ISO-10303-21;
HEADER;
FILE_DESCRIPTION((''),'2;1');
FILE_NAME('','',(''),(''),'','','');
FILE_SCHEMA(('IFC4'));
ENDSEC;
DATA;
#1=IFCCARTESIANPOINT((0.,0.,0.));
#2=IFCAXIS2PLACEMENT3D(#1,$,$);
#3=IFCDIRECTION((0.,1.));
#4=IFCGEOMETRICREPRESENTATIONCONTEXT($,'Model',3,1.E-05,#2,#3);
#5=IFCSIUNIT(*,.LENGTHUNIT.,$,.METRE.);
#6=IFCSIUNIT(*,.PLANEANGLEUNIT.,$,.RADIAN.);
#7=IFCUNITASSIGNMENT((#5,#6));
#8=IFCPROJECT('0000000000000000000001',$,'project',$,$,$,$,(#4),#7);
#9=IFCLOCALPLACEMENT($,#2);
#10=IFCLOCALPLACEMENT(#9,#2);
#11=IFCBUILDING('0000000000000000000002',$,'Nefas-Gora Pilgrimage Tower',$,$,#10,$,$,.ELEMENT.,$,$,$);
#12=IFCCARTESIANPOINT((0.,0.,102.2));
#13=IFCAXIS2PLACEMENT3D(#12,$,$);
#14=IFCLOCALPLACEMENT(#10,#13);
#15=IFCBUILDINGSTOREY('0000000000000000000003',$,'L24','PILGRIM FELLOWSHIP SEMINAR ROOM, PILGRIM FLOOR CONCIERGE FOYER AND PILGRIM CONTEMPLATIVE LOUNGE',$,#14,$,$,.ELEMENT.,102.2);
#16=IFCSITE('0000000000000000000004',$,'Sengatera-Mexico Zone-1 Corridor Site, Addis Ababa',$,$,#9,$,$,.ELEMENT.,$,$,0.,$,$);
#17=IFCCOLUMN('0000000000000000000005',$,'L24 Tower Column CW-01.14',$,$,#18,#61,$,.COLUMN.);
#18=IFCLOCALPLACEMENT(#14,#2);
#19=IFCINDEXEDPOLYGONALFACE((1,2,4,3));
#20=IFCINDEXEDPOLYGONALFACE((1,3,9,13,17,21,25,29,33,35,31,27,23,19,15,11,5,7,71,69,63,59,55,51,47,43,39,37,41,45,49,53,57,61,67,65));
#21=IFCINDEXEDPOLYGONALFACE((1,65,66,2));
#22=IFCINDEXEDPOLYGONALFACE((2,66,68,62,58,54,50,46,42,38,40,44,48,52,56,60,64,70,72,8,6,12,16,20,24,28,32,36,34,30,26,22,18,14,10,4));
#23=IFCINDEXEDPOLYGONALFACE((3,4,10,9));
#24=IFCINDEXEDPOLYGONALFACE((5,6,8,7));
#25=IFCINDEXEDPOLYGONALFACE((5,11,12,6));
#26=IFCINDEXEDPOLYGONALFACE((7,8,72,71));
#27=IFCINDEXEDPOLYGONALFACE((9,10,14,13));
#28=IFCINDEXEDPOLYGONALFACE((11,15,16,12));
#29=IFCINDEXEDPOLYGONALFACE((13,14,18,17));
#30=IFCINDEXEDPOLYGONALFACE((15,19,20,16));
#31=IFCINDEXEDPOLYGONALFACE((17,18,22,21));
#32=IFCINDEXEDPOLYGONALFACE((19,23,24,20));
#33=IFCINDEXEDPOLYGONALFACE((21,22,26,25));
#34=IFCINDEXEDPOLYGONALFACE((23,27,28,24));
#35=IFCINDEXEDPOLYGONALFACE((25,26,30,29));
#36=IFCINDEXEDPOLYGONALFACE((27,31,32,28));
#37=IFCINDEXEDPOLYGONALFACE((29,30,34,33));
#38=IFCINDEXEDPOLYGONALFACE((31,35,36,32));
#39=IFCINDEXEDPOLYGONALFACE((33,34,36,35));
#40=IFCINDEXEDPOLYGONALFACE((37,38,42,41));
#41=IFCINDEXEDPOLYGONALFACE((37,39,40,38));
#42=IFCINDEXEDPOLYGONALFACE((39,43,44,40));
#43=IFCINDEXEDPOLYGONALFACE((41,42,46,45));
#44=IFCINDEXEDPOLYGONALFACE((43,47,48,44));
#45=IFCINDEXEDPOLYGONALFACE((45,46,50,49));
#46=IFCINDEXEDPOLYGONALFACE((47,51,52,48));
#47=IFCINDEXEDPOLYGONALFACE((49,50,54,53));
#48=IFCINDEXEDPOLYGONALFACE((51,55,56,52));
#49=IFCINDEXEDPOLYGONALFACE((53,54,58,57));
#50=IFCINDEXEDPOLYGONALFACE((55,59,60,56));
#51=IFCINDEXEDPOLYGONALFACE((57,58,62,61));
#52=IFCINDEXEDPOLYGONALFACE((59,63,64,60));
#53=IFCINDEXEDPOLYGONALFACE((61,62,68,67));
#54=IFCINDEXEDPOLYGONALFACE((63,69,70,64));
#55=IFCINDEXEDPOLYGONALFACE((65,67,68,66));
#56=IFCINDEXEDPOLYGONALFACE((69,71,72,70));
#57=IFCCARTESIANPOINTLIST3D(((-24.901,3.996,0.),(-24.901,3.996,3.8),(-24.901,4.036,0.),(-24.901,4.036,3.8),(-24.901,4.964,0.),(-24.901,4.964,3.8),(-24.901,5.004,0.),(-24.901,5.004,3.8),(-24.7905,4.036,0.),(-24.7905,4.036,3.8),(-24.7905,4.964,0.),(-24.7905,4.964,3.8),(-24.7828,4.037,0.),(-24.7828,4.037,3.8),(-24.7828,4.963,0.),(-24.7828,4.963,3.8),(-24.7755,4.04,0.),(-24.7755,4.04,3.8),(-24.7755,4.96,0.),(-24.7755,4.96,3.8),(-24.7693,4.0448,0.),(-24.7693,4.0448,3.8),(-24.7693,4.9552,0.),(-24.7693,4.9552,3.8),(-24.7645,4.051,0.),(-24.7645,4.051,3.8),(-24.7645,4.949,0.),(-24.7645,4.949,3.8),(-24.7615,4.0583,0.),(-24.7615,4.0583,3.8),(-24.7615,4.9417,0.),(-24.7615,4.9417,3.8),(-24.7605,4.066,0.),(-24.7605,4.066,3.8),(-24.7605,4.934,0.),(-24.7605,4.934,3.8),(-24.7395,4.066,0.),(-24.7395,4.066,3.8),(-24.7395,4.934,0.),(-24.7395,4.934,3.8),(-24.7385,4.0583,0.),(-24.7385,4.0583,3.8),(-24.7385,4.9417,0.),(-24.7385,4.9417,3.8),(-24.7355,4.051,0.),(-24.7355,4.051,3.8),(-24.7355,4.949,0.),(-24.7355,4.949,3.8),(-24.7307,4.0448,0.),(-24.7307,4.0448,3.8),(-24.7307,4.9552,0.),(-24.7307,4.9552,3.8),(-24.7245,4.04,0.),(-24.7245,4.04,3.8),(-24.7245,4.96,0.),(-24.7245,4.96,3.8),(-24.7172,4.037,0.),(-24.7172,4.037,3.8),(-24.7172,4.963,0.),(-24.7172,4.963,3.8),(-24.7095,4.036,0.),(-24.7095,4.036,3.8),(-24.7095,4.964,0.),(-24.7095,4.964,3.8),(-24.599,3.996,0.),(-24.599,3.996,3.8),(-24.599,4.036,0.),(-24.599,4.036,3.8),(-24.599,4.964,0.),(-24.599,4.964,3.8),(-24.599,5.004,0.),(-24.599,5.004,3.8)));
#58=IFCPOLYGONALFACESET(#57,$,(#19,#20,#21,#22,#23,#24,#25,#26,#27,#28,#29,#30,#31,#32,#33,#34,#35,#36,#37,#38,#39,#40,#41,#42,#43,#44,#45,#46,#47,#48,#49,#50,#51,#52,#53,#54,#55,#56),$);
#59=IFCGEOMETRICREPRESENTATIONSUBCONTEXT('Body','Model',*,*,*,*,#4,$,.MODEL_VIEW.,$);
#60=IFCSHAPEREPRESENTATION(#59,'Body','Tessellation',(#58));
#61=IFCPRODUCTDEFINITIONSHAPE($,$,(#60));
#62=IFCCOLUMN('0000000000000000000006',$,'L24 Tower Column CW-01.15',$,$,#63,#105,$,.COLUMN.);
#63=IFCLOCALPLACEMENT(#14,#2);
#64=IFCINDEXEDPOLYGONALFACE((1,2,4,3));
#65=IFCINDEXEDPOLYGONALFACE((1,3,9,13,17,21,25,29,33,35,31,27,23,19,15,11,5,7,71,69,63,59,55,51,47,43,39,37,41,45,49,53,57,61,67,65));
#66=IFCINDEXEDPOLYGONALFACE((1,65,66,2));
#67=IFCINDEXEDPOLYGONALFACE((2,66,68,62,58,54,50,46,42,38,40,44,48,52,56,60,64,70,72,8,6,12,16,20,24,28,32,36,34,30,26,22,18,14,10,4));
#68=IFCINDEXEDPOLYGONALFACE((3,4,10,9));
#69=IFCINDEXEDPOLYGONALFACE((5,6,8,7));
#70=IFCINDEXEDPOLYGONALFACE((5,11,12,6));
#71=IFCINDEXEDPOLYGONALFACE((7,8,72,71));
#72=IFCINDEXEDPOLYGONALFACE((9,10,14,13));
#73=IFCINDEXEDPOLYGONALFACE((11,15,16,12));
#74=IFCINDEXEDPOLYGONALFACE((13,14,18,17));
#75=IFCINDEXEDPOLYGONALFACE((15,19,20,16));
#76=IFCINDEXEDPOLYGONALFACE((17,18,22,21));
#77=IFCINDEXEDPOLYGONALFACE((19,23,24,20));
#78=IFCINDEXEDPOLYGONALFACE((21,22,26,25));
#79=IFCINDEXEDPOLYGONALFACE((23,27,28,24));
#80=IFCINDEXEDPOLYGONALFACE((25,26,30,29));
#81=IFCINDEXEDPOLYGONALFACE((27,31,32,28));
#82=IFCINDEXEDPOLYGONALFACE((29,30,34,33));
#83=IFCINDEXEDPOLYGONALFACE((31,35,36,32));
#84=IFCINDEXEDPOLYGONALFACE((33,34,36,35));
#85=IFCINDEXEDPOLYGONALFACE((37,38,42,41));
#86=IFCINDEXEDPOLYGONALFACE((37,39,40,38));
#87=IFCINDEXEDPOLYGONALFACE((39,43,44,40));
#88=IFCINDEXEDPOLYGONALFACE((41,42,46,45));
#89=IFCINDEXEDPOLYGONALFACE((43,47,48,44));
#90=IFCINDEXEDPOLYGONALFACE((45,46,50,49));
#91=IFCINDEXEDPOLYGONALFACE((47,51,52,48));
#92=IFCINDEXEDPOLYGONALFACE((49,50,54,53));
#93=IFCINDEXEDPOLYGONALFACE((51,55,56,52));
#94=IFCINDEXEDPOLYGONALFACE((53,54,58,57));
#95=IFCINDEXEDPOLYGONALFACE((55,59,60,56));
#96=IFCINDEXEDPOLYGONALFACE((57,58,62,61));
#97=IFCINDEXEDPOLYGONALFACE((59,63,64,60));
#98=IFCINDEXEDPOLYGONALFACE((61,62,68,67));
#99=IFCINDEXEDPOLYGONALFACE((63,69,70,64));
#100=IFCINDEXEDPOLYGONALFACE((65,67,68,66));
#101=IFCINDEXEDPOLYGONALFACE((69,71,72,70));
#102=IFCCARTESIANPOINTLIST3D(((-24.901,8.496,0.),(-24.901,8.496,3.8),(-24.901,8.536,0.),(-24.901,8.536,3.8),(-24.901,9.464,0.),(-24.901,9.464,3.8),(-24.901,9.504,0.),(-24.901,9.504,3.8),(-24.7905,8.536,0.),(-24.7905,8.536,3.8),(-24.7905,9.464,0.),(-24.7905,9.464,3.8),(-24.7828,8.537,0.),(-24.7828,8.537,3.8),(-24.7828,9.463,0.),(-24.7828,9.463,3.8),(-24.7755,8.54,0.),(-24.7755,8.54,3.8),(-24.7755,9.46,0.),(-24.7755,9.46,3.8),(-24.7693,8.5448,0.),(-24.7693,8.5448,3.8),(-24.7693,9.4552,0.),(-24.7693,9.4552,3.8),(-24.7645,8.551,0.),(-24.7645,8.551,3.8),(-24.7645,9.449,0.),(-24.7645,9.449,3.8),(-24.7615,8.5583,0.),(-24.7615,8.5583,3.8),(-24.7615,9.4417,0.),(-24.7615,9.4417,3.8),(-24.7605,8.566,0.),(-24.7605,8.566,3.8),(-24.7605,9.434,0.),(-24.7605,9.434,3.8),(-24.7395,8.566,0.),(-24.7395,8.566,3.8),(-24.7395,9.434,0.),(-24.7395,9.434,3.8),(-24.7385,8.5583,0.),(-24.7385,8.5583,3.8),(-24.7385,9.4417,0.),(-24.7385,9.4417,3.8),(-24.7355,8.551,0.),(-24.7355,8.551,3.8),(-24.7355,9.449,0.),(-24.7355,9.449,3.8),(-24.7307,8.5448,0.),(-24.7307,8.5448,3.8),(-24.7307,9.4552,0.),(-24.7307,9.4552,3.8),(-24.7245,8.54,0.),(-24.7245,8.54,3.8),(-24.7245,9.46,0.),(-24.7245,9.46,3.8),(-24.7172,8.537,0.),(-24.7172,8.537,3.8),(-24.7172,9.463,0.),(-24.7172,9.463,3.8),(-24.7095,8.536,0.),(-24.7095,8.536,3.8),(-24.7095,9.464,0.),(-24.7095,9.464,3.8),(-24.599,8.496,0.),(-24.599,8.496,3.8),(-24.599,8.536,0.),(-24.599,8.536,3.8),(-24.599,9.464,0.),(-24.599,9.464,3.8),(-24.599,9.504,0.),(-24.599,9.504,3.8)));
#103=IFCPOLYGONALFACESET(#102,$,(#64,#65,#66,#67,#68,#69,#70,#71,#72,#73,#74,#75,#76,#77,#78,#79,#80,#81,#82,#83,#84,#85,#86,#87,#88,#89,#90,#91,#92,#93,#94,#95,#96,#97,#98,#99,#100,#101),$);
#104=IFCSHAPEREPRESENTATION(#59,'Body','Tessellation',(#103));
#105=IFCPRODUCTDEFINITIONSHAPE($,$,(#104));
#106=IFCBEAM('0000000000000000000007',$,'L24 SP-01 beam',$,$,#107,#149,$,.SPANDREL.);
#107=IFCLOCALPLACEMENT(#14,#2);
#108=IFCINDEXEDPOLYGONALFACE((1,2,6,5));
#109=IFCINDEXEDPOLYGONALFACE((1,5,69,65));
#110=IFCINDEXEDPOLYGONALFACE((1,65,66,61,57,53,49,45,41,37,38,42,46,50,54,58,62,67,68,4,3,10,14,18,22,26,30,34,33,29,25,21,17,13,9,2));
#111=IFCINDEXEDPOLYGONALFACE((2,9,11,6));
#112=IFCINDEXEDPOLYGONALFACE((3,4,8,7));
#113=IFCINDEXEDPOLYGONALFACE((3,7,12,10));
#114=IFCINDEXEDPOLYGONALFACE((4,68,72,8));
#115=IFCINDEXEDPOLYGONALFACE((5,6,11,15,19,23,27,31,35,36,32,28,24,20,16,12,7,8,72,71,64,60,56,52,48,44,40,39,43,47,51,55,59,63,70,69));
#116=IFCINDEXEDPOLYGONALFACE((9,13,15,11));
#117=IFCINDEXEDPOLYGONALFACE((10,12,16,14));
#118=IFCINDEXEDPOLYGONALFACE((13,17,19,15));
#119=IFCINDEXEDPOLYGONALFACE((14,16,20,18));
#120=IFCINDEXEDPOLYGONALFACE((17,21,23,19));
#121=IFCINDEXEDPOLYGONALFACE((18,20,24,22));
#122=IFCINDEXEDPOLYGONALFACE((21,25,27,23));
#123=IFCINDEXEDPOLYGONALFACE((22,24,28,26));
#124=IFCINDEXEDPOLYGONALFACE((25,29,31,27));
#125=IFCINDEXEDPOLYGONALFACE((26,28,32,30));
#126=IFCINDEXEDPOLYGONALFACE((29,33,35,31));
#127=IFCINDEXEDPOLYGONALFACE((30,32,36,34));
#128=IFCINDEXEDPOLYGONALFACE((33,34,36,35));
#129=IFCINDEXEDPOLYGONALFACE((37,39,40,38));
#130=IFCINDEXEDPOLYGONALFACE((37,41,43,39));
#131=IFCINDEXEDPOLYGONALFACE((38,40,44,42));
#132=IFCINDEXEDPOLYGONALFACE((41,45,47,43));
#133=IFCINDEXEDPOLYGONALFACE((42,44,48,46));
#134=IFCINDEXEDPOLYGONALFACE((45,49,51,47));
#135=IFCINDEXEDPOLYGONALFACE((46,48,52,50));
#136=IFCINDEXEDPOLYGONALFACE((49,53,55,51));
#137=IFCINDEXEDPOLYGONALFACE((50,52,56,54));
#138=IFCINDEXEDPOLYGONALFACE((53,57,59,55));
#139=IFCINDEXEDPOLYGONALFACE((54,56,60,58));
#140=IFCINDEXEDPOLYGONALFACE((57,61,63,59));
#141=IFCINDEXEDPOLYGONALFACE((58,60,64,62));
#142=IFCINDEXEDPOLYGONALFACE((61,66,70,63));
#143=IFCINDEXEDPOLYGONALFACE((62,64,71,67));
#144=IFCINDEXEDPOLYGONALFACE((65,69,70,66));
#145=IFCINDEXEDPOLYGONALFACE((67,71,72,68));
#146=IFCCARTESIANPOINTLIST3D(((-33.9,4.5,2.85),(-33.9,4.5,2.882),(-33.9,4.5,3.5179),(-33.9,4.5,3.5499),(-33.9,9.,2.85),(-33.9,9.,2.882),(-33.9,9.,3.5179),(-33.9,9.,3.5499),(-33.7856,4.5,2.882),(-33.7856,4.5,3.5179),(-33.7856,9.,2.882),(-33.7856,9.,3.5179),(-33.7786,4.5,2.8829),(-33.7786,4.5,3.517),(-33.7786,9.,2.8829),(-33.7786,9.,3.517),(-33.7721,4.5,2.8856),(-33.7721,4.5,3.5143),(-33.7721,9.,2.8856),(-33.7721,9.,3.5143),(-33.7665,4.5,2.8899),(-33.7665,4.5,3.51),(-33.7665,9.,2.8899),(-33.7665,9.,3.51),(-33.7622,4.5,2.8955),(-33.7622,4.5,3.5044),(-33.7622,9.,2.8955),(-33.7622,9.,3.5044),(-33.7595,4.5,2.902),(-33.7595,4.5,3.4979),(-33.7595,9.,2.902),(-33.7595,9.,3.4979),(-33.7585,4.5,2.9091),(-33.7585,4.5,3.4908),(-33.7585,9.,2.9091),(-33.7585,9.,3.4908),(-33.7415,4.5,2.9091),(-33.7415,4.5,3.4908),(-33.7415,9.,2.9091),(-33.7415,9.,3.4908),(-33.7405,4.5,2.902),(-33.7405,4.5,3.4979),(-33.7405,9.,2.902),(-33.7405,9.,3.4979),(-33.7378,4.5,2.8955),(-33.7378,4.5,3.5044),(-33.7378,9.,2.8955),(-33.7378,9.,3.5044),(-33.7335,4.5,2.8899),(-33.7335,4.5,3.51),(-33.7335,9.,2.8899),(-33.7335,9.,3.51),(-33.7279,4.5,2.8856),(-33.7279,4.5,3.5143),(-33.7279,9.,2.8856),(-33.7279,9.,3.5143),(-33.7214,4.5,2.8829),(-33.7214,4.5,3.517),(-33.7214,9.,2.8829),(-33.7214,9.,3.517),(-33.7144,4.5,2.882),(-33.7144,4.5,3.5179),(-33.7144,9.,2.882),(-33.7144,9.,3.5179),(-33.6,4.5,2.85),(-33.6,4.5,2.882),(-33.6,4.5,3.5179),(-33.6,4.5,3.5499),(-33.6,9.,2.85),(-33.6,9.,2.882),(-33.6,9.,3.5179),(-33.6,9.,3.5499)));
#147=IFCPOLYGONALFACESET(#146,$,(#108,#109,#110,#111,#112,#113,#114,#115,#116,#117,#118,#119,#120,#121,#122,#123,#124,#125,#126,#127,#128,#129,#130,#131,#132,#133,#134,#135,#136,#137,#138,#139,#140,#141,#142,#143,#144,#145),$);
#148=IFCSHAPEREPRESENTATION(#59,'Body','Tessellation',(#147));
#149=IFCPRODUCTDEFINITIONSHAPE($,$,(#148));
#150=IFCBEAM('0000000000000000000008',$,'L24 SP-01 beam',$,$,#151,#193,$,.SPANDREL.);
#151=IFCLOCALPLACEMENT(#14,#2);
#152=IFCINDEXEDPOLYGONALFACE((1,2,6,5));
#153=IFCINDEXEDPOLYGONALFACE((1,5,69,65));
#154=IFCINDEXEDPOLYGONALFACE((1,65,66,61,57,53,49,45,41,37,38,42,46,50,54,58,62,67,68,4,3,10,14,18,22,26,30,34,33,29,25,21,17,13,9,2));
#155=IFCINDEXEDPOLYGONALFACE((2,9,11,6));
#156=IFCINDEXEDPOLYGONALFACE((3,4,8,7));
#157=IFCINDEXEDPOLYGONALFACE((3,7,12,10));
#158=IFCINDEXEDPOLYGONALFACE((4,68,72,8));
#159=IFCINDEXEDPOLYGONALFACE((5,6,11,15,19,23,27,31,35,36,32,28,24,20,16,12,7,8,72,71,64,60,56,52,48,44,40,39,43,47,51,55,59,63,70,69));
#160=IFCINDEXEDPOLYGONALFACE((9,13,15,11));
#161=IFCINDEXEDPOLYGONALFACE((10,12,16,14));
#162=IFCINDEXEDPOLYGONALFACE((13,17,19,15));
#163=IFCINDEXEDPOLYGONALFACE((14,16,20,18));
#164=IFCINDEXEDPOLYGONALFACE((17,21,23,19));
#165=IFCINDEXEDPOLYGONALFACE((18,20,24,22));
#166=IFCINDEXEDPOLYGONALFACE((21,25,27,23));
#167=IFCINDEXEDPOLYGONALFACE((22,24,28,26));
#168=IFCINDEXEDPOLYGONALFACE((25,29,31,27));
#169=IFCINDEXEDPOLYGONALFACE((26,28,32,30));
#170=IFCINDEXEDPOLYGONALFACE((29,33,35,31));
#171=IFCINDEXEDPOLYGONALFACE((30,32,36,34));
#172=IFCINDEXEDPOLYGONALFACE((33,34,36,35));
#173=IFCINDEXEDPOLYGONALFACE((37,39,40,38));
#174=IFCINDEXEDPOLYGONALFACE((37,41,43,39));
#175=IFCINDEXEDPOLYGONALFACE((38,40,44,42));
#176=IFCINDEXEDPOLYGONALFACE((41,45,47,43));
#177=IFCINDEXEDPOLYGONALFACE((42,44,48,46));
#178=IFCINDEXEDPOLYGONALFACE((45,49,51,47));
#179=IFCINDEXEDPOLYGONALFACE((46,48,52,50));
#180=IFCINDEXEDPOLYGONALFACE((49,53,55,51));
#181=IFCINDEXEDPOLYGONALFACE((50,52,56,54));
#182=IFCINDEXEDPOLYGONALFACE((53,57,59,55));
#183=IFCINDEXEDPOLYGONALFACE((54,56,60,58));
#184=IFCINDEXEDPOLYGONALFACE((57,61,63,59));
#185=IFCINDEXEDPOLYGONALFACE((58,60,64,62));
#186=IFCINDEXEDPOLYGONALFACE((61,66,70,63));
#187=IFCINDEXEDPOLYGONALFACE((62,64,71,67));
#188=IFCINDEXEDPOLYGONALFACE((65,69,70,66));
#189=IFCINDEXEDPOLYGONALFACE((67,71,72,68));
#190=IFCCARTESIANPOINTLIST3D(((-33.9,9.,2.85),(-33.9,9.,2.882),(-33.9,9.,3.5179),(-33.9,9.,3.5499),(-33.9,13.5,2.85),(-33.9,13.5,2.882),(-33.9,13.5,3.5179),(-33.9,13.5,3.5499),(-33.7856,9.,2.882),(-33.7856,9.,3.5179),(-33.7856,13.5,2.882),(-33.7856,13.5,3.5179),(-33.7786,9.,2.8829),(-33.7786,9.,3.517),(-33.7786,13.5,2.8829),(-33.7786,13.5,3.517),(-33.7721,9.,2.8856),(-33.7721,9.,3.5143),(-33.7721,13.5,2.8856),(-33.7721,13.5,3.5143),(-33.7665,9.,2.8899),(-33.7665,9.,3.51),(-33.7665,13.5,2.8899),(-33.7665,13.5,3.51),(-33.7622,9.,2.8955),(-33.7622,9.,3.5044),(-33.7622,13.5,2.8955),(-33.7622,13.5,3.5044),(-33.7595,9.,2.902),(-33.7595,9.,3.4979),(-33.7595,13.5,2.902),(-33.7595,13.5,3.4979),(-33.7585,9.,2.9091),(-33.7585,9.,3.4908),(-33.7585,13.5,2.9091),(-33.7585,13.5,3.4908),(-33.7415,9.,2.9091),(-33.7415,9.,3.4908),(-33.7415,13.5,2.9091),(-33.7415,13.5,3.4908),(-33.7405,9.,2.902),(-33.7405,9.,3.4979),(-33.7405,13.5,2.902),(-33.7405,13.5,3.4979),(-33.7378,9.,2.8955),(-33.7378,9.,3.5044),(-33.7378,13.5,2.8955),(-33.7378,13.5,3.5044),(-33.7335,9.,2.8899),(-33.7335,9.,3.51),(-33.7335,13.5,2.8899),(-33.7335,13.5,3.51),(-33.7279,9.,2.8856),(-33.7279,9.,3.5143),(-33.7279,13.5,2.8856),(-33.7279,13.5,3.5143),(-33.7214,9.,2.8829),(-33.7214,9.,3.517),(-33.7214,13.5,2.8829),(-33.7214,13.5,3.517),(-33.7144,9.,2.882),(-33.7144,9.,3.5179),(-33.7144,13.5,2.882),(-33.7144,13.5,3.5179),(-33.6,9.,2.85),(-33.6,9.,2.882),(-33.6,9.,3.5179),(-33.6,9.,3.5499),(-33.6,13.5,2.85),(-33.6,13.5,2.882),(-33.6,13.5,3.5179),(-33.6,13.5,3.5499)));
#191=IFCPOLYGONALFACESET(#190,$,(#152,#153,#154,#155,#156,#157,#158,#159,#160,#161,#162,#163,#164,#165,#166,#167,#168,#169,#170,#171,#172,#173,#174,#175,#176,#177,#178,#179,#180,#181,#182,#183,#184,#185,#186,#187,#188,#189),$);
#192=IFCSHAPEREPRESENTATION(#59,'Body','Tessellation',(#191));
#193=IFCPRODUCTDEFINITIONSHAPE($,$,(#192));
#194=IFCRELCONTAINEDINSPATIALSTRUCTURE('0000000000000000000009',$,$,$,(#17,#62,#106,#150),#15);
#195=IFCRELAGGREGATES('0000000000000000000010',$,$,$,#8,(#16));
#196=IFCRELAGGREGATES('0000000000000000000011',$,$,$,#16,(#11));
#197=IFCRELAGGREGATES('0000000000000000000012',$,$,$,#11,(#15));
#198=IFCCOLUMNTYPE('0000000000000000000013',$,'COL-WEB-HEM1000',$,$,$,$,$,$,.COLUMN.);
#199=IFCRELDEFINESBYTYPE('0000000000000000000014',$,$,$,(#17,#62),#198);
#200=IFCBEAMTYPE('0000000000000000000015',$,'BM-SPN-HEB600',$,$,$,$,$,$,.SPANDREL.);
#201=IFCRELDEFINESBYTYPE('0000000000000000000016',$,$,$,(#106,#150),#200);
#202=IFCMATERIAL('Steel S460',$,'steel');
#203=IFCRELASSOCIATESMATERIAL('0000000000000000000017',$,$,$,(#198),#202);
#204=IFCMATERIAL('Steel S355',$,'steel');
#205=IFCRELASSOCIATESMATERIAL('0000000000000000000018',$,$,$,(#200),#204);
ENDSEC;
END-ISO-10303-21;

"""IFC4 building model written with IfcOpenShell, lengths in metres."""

from ifc_helpers import new_model, si_unit, direction, frame, origin, origin_2d, place, context, subcontext, project, spatial, i_section, extrude, source, transform, mapped, material, material_profile, profile_set, type_object, element, save


model = new_model("IFC4")

# Units and contexts
model_context = context("Model", 3, precision=1e-05, world=origin(), true_north=direction((0.0, 1.0)))
body_context = subcontext(model_context, "Body", "Model", "MODEL_VIEW")
ifc_project = project(units=[si_unit("LENGTHUNIT", "METRE"), si_unit("PLANEANGLEUNIT", "RADIAN")], contexts=[model_context])

# Site, building, storey
site_placement = place(None, origin())
site = spatial("IfcSite", under=ifc_project, at=site_placement, Name="Sengatera-Mexico Zone-1 Corridor Site, Addis Ababa", CompositionType="ELEMENT", RefElevation=0.0)
building_placement = place(site_placement, origin())
building = spatial("IfcBuilding", under=site, at=building_placement, Name="Nefas-Gora Pilgrimage Tower", CompositionType="ELEMENT")
storey_placement = place(building_placement, frame((0.0, 0.0, 102.2)))
storey = spatial("IfcBuildingStorey", under=building, at=storey_placement, Name="L24", Description="PILGRIM FELLOWSHIP SEMINAR ROOM, PILGRIM FLOOR CONCIERGE FOYER AND PILGRIM CONTEMPLATIVE LOUNGE", CompositionType="ELEMENT", Elevation=102.2)

# Columns
ifc_material_1 = material(Name="Steel S460", Category="steel")
ifc_material_profile_1 = material_profile(ifc_material_1, i_section(OverallWidth=0.302, OverallDepth=1.0081, WebThickness=0.021, FlangeThickness=0.04, FilletRadius=0.03, at=origin_2d()), Name="HEM 1000")
ifc_profile_set_1 = profile_set([ifc_material_profile_1], Name="Steel S460")
column_type_1 = type_object("IfcColumnType", Name="COL-WEB-HEM1000", PredefinedType="COLUMN", material=ifc_profile_set_1)
shared_shape_1 = source(origin(), body_context, "Body", "SweptSolid", [
    extrude(i_section(OverallWidth=0.302, OverallDepth=1.0081, WebThickness=0.021, FlangeThickness=0.04, FilletRadius=0.03, at=origin_2d()), origin(), (0.0, 0.0, 1.0), 3.8),
])
for number, where, z_axis, x_axis, name in (
    (1, (-24.75, 4.5, 0.0), (0.0, 0.0, 1.0), (1.0, 0.0, 0.0), "L24 Tower Column CW-01.14"),
    (2, (-24.75, 9.0, 0.0), (0.0, 0.0, 1.0), (1.0, 0.0, 0.0), "L24 Tower Column CW-01.15"),
):
    element("IfcColumn", number, at=place(storey_placement, frame(where, z_axis=z_axis, x_axis=x_axis)), inside=storey, type_object=column_type_1, Name=name, PredefinedType="COLUMN", context=body_context, shape_type="MappedRepresentation", body=[
        mapped(shared_shape_1, transform((0.0, 0.0, 0.0), x_axis=(1.0, 0.0, 0.0), y_axis=(0.0, 1.0, 0.0), z_axis=(0.0, 0.0, 1.0), scale=1.0)),
    ])

# Beams
ifc_material_2 = material(Name="Steel S355", Category="steel")
ifc_material_profile_2 = material_profile(ifc_material_2, i_section(OverallWidth=0.3, OverallDepth=0.7, WebThickness=0.0171, FlangeThickness=0.032, FilletRadius=0.0271, at=origin_2d()), Name="HEB 700")
ifc_profile_set_2 = profile_set([ifc_material_profile_2], Name="Steel S355")
beam_type_1 = type_object("IfcBeamType", Name="BM-SPN-HEB600", PredefinedType="SPANDREL", material=ifc_profile_set_2)
shared_shape_2 = source(origin(), body_context, "Body", "SweptSolid", [
    extrude(i_section(OverallWidth=0.3, OverallDepth=0.7, WebThickness=0.0171, FlangeThickness=0.032, FilletRadius=0.0271, at=origin_2d()), origin(), (0.0, 0.0, 1.0), 4.5),
])
for number, where, z_axis, x_axis, name in (
    (3, (-33.75, 4.5, 3.2), (0.0, 1.0, 0.0), (-1.0, 0.0, 0.0), "L24 SP-01 beam"),
    (4, (-33.75, 9.0, 3.2), (0.0, 1.0, 0.0), (-1.0, 0.0, 0.0), "L24 SP-01 beam"),
):
    element("IfcBeam", number, at=place(storey_placement, frame(where, z_axis=z_axis, x_axis=x_axis)), inside=storey, type_object=beam_type_1, Name=name, PredefinedType="SPANDREL", context=body_context, shape_type="MappedRepresentation", body=[
        mapped(shared_shape_2, transform((0.0, 0.0, 0.0), x_axis=(1.0, 0.0, 0.0), y_axis=(0.0, 1.0, 0.0), z_axis=(0.0, 0.0, 1.0), scale=1.0)),
    ])

save(model, "model.ifc")
